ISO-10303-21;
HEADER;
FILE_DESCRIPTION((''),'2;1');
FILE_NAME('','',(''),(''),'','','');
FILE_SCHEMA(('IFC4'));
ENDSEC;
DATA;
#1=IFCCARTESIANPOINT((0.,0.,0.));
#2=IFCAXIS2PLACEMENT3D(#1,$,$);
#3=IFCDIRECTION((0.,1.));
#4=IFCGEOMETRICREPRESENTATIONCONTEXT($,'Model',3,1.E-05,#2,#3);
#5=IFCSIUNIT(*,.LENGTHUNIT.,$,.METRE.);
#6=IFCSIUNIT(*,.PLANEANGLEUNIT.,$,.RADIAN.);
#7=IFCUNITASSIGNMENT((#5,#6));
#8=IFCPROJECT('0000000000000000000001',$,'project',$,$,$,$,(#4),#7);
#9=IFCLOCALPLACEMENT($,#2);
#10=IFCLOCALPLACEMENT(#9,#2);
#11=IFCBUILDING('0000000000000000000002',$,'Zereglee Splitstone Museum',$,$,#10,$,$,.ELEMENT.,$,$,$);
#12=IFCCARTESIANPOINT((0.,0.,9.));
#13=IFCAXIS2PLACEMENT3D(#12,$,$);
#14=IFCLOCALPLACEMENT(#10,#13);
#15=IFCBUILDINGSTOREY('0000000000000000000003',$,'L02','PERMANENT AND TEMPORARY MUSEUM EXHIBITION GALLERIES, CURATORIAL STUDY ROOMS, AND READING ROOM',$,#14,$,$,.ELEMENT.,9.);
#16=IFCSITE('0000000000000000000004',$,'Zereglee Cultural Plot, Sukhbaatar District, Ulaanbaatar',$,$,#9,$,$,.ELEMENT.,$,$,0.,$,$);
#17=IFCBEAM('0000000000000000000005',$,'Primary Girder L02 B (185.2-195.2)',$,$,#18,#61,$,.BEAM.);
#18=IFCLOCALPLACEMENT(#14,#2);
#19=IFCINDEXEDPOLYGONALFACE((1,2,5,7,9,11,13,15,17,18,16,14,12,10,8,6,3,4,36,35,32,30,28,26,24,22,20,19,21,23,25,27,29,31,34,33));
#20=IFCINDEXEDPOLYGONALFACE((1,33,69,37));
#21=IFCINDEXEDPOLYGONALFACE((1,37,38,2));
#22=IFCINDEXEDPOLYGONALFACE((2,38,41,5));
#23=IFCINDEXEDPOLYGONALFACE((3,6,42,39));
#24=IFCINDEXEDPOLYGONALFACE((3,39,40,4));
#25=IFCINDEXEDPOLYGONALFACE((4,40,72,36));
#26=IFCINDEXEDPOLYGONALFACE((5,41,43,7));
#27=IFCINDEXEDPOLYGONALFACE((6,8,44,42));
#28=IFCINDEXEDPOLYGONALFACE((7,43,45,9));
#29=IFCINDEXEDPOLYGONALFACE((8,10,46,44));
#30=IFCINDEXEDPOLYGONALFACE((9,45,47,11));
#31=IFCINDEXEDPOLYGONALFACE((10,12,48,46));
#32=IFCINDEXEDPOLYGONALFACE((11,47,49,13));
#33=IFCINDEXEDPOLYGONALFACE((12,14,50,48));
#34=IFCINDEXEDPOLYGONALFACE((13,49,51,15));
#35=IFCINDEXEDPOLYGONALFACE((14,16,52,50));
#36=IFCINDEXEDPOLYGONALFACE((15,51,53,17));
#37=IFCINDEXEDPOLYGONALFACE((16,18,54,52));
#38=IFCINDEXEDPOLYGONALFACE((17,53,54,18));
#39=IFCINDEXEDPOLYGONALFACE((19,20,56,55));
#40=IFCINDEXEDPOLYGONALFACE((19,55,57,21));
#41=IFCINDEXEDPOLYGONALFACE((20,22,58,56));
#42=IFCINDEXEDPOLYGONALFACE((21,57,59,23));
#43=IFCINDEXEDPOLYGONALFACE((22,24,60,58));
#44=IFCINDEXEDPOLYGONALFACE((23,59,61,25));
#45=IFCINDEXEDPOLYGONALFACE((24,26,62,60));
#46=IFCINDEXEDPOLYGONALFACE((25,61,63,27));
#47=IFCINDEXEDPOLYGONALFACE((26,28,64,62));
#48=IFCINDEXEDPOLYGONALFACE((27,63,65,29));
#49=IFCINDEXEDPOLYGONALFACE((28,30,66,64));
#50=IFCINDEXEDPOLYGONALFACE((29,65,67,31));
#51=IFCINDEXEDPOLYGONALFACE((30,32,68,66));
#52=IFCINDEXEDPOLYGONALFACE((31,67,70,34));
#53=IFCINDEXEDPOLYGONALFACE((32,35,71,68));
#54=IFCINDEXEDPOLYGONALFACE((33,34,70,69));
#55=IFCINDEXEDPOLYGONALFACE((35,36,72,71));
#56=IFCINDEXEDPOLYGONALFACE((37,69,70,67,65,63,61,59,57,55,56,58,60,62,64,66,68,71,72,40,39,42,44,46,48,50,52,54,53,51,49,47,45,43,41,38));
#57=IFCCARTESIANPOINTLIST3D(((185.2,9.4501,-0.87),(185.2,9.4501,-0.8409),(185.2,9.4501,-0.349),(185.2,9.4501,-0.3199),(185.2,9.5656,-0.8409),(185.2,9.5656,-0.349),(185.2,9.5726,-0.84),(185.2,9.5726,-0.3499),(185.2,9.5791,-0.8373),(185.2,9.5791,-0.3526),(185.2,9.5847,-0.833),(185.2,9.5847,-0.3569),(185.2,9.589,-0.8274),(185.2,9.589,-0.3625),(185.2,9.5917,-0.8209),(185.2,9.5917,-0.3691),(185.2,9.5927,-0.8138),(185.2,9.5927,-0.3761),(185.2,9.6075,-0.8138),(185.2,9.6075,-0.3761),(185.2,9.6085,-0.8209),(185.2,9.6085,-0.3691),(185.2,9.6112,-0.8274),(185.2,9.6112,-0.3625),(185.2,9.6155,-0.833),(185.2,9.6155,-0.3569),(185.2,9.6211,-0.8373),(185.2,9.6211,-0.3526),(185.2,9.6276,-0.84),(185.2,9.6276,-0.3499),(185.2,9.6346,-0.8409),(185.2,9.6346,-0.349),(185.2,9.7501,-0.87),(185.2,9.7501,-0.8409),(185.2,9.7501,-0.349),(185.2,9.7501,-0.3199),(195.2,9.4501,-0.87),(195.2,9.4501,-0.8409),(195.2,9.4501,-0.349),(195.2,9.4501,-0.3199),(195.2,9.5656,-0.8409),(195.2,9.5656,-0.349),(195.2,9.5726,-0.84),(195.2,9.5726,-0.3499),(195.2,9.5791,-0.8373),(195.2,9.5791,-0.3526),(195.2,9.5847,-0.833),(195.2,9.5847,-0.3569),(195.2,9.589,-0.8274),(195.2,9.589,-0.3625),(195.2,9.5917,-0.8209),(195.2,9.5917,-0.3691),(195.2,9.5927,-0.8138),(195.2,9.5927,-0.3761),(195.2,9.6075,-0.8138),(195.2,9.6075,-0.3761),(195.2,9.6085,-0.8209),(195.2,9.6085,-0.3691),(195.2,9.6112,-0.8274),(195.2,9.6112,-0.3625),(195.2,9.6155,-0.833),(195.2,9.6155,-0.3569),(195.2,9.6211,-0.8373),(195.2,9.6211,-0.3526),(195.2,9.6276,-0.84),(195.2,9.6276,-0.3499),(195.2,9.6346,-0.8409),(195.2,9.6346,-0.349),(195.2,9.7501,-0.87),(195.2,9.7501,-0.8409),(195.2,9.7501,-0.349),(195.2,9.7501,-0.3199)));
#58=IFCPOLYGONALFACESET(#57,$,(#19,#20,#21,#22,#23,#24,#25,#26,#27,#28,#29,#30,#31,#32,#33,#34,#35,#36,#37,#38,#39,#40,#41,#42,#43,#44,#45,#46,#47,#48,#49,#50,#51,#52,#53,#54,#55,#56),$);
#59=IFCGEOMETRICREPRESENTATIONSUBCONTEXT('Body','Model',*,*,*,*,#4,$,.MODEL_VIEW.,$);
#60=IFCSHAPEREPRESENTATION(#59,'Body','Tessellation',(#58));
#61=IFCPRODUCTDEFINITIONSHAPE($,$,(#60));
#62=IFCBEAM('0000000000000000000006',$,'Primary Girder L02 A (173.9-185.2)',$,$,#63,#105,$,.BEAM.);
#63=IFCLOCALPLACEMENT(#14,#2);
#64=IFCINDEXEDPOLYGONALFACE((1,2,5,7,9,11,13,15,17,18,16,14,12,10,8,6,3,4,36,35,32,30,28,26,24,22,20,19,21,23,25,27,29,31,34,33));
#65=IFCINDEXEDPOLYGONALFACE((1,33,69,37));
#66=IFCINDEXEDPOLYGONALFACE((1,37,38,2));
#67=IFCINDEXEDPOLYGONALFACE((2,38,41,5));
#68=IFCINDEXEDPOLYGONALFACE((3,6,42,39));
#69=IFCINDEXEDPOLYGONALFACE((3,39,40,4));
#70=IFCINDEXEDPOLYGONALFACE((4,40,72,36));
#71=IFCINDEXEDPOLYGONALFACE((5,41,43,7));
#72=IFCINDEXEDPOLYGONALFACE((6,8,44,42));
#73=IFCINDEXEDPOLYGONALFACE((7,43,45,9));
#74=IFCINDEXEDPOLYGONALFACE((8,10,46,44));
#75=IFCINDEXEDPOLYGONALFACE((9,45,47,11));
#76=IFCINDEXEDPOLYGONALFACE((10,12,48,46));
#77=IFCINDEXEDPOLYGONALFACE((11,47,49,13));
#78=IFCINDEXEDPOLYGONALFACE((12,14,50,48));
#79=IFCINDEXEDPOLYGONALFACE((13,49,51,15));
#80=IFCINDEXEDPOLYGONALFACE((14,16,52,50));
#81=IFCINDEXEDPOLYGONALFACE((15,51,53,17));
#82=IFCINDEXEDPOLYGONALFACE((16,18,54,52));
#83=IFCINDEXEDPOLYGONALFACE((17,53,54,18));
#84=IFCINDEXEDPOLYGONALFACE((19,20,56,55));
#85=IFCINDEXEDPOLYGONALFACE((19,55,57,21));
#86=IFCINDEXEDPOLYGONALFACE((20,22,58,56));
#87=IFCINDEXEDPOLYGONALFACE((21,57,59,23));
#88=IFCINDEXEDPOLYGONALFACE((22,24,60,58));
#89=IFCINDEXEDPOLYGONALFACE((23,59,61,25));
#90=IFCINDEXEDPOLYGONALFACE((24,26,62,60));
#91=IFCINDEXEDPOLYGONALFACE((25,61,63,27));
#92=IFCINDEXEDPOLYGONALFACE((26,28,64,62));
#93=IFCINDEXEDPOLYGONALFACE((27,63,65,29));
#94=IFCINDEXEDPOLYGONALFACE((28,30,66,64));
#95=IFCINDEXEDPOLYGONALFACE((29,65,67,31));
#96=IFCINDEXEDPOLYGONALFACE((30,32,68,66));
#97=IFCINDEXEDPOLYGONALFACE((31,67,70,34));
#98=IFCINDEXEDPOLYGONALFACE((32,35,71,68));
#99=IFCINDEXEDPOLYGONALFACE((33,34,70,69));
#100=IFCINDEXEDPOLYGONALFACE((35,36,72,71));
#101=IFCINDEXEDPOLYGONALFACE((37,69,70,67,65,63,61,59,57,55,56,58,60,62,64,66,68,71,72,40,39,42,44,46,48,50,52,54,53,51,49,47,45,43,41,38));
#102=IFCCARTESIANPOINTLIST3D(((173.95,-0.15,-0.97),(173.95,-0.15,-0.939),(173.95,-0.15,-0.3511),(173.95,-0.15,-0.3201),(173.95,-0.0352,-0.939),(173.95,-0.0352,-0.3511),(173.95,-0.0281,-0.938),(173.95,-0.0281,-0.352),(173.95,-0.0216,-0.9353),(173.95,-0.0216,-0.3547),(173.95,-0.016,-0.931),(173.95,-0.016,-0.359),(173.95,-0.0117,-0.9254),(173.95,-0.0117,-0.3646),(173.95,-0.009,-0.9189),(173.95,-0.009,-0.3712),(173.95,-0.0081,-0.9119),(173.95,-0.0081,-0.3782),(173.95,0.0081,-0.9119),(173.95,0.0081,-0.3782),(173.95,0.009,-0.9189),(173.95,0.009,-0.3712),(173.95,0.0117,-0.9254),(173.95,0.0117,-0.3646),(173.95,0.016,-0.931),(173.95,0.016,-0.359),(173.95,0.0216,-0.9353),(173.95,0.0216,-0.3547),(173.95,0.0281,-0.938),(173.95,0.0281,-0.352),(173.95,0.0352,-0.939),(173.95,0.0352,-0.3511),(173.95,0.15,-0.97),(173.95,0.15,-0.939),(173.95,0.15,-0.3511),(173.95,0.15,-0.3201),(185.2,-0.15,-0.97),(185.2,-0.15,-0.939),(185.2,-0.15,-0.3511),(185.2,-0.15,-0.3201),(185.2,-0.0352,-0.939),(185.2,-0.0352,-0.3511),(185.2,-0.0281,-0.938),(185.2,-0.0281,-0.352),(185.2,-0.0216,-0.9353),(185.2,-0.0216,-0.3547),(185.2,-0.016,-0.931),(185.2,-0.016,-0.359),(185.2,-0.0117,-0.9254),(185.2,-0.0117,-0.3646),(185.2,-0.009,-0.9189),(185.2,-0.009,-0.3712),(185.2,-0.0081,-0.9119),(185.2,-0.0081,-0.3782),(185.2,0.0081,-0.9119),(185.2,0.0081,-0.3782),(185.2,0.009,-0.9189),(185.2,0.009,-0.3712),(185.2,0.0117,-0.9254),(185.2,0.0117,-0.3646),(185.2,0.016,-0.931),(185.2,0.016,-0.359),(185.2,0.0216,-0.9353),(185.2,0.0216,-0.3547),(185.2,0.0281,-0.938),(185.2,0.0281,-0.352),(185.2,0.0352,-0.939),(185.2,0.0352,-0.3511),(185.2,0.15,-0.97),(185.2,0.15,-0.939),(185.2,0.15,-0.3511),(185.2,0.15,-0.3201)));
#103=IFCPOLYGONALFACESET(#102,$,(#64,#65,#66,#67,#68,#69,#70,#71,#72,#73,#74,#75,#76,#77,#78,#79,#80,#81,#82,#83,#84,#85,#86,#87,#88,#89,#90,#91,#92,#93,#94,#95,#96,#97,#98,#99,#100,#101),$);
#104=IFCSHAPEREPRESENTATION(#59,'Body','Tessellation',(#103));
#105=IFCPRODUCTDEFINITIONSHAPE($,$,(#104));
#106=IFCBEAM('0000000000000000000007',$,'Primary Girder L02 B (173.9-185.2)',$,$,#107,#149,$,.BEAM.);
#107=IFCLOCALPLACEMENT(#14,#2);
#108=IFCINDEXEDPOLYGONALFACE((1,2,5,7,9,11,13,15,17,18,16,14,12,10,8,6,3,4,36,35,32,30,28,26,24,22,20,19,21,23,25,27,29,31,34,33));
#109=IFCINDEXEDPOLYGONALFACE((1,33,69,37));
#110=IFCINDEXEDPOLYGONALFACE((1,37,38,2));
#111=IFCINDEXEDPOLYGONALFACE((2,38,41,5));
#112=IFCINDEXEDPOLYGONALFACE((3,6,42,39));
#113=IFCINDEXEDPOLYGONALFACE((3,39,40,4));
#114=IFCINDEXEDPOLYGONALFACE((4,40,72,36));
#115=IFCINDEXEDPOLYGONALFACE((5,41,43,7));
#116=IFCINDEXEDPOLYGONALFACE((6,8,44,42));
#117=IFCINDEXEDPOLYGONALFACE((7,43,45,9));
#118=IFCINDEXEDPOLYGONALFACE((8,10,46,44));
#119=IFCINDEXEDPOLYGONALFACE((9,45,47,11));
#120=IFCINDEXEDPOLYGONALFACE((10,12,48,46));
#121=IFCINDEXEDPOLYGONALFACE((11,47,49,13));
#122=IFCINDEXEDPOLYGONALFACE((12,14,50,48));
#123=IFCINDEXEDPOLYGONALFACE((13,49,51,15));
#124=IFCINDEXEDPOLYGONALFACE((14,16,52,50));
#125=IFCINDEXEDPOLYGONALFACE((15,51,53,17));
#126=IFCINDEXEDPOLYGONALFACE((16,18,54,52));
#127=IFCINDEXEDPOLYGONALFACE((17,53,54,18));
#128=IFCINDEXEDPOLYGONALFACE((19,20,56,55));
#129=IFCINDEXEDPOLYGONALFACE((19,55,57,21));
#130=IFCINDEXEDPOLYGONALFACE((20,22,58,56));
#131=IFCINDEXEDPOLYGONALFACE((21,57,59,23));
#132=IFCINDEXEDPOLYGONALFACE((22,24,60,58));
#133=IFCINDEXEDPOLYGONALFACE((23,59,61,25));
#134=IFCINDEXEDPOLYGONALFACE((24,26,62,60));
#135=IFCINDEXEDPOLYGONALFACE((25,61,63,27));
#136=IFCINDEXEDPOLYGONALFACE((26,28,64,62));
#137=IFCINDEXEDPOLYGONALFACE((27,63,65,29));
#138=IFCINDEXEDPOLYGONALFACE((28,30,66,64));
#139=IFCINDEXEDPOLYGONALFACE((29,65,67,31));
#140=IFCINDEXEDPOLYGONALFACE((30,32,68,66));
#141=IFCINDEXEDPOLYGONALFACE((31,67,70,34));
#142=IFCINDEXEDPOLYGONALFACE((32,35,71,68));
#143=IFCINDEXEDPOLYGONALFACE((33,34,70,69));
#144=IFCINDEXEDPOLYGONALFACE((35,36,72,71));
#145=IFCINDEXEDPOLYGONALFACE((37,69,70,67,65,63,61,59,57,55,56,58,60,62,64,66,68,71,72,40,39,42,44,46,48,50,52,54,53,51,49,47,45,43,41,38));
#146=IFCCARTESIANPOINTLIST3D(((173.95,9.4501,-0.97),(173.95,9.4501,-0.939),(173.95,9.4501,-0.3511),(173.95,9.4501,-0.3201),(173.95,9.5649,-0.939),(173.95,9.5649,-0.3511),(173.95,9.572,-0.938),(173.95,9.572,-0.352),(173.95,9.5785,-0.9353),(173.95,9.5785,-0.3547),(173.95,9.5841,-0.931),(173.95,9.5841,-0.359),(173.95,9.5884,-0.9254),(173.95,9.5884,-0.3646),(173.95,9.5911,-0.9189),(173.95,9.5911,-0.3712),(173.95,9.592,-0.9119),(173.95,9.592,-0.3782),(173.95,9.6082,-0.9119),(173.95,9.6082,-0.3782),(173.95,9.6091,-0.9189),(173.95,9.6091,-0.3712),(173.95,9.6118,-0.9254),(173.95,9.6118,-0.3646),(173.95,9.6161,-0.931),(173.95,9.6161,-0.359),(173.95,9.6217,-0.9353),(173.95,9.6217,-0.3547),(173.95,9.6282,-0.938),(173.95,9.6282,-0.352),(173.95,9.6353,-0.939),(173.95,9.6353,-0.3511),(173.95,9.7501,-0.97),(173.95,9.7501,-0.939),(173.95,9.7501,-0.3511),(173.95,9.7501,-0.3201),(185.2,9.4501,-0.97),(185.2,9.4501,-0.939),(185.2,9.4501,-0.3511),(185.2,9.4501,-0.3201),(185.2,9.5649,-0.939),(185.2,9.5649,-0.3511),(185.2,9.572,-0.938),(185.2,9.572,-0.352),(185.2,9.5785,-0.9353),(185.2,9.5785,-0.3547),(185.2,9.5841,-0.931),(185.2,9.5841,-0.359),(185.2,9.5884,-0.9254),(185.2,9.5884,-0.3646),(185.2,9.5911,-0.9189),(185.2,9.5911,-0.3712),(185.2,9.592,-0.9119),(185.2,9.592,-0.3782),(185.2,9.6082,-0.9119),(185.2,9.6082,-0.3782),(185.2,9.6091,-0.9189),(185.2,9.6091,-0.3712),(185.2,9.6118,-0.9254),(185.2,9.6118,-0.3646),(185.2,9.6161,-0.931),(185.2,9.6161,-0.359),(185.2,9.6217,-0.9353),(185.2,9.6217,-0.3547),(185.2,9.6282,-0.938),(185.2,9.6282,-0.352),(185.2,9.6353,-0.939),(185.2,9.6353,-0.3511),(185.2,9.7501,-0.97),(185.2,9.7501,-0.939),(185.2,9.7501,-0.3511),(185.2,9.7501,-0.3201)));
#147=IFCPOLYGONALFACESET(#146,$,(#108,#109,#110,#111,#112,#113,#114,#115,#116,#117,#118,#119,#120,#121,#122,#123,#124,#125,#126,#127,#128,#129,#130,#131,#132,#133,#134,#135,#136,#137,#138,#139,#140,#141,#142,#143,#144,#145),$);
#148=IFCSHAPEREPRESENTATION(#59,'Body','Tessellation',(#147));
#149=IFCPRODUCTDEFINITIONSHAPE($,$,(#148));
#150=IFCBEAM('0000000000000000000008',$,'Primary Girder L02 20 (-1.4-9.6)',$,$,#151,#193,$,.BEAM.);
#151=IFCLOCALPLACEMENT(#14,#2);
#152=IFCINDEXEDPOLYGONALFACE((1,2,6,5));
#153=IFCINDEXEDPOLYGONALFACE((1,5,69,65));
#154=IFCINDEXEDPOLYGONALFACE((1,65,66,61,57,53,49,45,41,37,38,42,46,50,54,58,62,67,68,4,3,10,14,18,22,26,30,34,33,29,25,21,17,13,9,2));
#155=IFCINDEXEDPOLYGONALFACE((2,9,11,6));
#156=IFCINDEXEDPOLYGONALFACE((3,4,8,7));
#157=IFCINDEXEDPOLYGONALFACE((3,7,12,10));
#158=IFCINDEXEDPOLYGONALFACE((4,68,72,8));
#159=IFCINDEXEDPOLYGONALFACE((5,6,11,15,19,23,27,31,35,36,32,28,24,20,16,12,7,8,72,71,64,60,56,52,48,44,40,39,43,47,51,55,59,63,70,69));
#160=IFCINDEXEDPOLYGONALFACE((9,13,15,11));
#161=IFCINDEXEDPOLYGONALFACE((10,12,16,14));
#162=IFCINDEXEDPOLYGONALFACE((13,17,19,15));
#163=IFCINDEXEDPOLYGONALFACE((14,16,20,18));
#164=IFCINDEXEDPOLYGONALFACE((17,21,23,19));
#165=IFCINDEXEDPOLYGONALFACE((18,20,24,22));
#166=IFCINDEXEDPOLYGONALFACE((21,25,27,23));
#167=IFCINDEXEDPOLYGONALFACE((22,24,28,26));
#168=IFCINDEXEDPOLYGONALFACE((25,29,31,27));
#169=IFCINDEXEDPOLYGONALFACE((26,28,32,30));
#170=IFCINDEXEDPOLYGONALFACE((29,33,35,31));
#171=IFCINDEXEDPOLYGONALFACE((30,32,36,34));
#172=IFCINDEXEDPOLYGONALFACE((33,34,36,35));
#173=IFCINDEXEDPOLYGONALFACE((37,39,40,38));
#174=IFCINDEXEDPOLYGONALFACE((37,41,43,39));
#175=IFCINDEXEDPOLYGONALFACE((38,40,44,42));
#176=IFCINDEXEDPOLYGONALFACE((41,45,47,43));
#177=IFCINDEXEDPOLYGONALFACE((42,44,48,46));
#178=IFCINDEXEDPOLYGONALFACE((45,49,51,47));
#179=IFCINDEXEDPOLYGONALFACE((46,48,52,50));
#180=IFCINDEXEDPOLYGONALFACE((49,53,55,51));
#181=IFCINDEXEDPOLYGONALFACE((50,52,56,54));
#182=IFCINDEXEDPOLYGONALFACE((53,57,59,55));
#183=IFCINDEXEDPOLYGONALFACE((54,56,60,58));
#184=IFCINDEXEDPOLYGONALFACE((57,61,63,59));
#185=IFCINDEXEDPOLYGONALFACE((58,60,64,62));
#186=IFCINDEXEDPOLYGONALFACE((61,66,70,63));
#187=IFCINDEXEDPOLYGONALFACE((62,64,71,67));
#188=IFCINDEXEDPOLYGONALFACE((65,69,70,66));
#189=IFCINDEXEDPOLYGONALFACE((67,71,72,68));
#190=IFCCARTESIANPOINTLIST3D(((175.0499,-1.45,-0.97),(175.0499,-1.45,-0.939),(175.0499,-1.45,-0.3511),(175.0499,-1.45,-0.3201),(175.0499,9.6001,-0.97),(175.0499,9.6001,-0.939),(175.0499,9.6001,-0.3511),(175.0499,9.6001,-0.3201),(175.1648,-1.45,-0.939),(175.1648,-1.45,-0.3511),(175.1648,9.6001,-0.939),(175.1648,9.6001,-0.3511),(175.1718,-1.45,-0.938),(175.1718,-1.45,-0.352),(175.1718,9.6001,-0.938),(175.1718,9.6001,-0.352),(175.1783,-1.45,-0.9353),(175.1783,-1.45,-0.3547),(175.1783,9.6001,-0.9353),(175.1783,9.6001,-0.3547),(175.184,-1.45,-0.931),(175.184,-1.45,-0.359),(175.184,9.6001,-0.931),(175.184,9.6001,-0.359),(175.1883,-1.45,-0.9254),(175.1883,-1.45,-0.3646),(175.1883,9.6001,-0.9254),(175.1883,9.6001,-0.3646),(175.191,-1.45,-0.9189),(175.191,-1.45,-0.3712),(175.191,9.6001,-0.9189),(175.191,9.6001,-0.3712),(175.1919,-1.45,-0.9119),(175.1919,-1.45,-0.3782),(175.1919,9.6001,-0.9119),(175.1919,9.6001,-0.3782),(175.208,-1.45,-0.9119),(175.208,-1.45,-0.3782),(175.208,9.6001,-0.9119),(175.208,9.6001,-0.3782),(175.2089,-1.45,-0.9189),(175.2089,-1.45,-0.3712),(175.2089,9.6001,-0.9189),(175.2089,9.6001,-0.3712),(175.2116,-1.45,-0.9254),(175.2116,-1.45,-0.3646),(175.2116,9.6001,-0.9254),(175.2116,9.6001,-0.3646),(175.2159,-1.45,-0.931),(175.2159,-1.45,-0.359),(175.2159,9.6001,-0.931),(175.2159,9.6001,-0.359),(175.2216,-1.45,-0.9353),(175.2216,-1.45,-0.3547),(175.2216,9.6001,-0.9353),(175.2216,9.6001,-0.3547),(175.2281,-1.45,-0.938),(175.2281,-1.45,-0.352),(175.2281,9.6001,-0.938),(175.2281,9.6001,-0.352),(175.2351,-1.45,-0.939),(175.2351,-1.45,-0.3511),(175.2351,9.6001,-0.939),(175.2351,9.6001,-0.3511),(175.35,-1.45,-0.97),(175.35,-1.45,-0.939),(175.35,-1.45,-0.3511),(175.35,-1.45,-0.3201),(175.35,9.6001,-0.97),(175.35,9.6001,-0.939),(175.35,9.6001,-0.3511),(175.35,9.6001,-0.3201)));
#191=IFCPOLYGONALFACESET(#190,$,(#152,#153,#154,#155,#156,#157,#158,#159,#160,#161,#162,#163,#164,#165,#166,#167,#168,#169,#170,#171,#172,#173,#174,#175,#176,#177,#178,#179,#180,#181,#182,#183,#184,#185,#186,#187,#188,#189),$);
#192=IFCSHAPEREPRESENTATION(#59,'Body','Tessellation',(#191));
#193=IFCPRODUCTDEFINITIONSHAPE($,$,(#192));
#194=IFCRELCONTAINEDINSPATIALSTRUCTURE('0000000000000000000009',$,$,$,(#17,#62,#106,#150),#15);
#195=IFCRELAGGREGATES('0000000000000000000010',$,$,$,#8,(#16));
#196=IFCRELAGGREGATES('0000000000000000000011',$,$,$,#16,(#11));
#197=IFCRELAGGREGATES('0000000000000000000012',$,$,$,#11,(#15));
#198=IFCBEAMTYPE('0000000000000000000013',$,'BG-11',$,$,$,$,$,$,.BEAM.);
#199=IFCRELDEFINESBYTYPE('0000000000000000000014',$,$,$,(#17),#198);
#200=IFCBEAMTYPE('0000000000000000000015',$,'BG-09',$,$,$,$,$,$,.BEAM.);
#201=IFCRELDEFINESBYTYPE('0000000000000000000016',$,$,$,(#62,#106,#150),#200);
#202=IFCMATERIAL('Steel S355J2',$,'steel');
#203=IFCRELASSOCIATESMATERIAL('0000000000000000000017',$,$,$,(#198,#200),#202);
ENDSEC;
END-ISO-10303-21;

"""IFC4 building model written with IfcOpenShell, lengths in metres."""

from ifc_helpers import new_model, si_unit, direction, frame, origin, origin_2d, place, context, subcontext, project, spatial, i_section, extrude, material, material_profile, profile_set, type_object, element, save


model = new_model("IFC4")

# Units and contexts
model_context = context("Model", 3, precision=1e-05, world=origin(), true_north=direction((0.0, 1.0)))
body_context = subcontext(model_context, "Body", "Model", "MODEL_VIEW")
ifc_project = project(units=[si_unit("LENGTHUNIT", "METRE"), si_unit("PLANEANGLEUNIT", "RADIAN")], contexts=[model_context])

# Site, building, storey
site_placement = place(None, origin())
site = spatial("IfcSite", under=ifc_project, at=site_placement, Name="Zereglee Cultural Plot, Sukhbaatar District, Ulaanbaatar", CompositionType="ELEMENT", RefElevation=0.0)
building_placement = place(site_placement, origin())
building = spatial("IfcBuilding", under=site, at=building_placement, Name="Zereglee Splitstone Museum", CompositionType="ELEMENT")
storey_placement = place(building_placement, frame((0.0, 0.0, 9.0)))
storey = spatial("IfcBuildingStorey", under=building, at=storey_placement, Name="L02", Description="PERMANENT AND TEMPORARY MUSEUM EXHIBITION GALLERIES, CURATORIAL STUDY ROOMS, AND READING ROOM", CompositionType="ELEMENT", Elevation=9.0)

# Shared definitions
ifc_material_1 = material(Name="Steel S355J2", Category="steel")

# Beams
ifc_material_profile_1 = material_profile(ifc_material_1, i_section(OverallWidth=0.3, OverallDepth=0.55, WebThickness=0.0149, FlangeThickness=0.0291, FilletRadius=0.0271, at=origin_2d()), Name="HE 550 B")
ifc_profile_set_1 = profile_set([ifc_material_profile_1], Name="Steel S355J2")
beam_type_1 = type_object("IfcBeamType", Name="BG-11", PredefinedType="BEAM", material=ifc_profile_set_1)
beam_1_placement = place(storey_placement, frame((185.2, 9.6001, -0.595), z_axis=(1.0, 0.0, 0.0), x_axis=(0.0, 1.0, 0.0)))
element("IfcBeam", 1, at=beam_1_placement, inside=storey, type_object=beam_type_1, Name="Primary Girder L02 B (185.2-195.2)", PredefinedType="BEAM", context=body_context, shape_type="SweptSolid", body=[
    extrude(i_section(OverallWidth=0.3, OverallDepth=0.55, WebThickness=0.0149, FlangeThickness=0.0291, FilletRadius=0.0271, at=origin_2d()), origin(), (0.0, 0.0, 1.0), 10.0),
])
ifc_material_profile_2 = material_profile(ifc_material_1, i_section(OverallWidth=0.3, OverallDepth=0.6499, WebThickness=0.0161, FlangeThickness=0.031, FilletRadius=0.0271, at=origin_2d()), Name="HE 650 B")
ifc_profile_set_2 = profile_set([ifc_material_profile_2], Name="Steel S355J2")
beam_type_2 = type_object("IfcBeamType", Name="BG-09", PredefinedType="BEAM", material=ifc_profile_set_2)
for number, where, z_axis, x_axis, name in (
    (2, (173.95, 0.0, -0.645), (1.0, 0.0, 0.0), (0.0, 1.0, 0.0), "Primary Girder L02 A (173.9-185.2)"),
    (3, (173.95, 9.6001, -0.645), (1.0, 0.0, 0.0), (0.0, 1.0, 0.0), "Primary Girder L02 B (173.9-185.2)"),
):
    element("IfcBeam", number, at=place(storey_placement, frame(where, z_axis=z_axis, x_axis=x_axis)), inside=storey, type_object=beam_type_2, Name=name, PredefinedType="BEAM", context=body_context, shape_type="SweptSolid", body=[
        extrude(i_section(OverallWidth=0.3, OverallDepth=0.6499, WebThickness=0.0161, FlangeThickness=0.031, FilletRadius=0.0271, at=origin_2d()), origin(), (0.0, 0.0, 1.0), 11.25),
    ])
beam_2_placement = place(storey_placement, frame((175.2, -1.45, -0.645), z_axis=(0.0, 1.0, 0.0), x_axis=(-1.0, 0.0, 0.0)))
element("IfcBeam", 4, at=beam_2_placement, inside=storey, type_object=beam_type_2, Name="Primary Girder L02 20 (-1.4-9.6)", PredefinedType="BEAM", context=body_context, shape_type="SweptSolid", body=[
    extrude(i_section(OverallWidth=0.3, OverallDepth=0.6499, WebThickness=0.0161, FlangeThickness=0.031, FilletRadius=0.0271, at=origin_2d()), origin(), (0.0, 0.0, 1.0), 11.05),
])

save(model, "model.ifc")
